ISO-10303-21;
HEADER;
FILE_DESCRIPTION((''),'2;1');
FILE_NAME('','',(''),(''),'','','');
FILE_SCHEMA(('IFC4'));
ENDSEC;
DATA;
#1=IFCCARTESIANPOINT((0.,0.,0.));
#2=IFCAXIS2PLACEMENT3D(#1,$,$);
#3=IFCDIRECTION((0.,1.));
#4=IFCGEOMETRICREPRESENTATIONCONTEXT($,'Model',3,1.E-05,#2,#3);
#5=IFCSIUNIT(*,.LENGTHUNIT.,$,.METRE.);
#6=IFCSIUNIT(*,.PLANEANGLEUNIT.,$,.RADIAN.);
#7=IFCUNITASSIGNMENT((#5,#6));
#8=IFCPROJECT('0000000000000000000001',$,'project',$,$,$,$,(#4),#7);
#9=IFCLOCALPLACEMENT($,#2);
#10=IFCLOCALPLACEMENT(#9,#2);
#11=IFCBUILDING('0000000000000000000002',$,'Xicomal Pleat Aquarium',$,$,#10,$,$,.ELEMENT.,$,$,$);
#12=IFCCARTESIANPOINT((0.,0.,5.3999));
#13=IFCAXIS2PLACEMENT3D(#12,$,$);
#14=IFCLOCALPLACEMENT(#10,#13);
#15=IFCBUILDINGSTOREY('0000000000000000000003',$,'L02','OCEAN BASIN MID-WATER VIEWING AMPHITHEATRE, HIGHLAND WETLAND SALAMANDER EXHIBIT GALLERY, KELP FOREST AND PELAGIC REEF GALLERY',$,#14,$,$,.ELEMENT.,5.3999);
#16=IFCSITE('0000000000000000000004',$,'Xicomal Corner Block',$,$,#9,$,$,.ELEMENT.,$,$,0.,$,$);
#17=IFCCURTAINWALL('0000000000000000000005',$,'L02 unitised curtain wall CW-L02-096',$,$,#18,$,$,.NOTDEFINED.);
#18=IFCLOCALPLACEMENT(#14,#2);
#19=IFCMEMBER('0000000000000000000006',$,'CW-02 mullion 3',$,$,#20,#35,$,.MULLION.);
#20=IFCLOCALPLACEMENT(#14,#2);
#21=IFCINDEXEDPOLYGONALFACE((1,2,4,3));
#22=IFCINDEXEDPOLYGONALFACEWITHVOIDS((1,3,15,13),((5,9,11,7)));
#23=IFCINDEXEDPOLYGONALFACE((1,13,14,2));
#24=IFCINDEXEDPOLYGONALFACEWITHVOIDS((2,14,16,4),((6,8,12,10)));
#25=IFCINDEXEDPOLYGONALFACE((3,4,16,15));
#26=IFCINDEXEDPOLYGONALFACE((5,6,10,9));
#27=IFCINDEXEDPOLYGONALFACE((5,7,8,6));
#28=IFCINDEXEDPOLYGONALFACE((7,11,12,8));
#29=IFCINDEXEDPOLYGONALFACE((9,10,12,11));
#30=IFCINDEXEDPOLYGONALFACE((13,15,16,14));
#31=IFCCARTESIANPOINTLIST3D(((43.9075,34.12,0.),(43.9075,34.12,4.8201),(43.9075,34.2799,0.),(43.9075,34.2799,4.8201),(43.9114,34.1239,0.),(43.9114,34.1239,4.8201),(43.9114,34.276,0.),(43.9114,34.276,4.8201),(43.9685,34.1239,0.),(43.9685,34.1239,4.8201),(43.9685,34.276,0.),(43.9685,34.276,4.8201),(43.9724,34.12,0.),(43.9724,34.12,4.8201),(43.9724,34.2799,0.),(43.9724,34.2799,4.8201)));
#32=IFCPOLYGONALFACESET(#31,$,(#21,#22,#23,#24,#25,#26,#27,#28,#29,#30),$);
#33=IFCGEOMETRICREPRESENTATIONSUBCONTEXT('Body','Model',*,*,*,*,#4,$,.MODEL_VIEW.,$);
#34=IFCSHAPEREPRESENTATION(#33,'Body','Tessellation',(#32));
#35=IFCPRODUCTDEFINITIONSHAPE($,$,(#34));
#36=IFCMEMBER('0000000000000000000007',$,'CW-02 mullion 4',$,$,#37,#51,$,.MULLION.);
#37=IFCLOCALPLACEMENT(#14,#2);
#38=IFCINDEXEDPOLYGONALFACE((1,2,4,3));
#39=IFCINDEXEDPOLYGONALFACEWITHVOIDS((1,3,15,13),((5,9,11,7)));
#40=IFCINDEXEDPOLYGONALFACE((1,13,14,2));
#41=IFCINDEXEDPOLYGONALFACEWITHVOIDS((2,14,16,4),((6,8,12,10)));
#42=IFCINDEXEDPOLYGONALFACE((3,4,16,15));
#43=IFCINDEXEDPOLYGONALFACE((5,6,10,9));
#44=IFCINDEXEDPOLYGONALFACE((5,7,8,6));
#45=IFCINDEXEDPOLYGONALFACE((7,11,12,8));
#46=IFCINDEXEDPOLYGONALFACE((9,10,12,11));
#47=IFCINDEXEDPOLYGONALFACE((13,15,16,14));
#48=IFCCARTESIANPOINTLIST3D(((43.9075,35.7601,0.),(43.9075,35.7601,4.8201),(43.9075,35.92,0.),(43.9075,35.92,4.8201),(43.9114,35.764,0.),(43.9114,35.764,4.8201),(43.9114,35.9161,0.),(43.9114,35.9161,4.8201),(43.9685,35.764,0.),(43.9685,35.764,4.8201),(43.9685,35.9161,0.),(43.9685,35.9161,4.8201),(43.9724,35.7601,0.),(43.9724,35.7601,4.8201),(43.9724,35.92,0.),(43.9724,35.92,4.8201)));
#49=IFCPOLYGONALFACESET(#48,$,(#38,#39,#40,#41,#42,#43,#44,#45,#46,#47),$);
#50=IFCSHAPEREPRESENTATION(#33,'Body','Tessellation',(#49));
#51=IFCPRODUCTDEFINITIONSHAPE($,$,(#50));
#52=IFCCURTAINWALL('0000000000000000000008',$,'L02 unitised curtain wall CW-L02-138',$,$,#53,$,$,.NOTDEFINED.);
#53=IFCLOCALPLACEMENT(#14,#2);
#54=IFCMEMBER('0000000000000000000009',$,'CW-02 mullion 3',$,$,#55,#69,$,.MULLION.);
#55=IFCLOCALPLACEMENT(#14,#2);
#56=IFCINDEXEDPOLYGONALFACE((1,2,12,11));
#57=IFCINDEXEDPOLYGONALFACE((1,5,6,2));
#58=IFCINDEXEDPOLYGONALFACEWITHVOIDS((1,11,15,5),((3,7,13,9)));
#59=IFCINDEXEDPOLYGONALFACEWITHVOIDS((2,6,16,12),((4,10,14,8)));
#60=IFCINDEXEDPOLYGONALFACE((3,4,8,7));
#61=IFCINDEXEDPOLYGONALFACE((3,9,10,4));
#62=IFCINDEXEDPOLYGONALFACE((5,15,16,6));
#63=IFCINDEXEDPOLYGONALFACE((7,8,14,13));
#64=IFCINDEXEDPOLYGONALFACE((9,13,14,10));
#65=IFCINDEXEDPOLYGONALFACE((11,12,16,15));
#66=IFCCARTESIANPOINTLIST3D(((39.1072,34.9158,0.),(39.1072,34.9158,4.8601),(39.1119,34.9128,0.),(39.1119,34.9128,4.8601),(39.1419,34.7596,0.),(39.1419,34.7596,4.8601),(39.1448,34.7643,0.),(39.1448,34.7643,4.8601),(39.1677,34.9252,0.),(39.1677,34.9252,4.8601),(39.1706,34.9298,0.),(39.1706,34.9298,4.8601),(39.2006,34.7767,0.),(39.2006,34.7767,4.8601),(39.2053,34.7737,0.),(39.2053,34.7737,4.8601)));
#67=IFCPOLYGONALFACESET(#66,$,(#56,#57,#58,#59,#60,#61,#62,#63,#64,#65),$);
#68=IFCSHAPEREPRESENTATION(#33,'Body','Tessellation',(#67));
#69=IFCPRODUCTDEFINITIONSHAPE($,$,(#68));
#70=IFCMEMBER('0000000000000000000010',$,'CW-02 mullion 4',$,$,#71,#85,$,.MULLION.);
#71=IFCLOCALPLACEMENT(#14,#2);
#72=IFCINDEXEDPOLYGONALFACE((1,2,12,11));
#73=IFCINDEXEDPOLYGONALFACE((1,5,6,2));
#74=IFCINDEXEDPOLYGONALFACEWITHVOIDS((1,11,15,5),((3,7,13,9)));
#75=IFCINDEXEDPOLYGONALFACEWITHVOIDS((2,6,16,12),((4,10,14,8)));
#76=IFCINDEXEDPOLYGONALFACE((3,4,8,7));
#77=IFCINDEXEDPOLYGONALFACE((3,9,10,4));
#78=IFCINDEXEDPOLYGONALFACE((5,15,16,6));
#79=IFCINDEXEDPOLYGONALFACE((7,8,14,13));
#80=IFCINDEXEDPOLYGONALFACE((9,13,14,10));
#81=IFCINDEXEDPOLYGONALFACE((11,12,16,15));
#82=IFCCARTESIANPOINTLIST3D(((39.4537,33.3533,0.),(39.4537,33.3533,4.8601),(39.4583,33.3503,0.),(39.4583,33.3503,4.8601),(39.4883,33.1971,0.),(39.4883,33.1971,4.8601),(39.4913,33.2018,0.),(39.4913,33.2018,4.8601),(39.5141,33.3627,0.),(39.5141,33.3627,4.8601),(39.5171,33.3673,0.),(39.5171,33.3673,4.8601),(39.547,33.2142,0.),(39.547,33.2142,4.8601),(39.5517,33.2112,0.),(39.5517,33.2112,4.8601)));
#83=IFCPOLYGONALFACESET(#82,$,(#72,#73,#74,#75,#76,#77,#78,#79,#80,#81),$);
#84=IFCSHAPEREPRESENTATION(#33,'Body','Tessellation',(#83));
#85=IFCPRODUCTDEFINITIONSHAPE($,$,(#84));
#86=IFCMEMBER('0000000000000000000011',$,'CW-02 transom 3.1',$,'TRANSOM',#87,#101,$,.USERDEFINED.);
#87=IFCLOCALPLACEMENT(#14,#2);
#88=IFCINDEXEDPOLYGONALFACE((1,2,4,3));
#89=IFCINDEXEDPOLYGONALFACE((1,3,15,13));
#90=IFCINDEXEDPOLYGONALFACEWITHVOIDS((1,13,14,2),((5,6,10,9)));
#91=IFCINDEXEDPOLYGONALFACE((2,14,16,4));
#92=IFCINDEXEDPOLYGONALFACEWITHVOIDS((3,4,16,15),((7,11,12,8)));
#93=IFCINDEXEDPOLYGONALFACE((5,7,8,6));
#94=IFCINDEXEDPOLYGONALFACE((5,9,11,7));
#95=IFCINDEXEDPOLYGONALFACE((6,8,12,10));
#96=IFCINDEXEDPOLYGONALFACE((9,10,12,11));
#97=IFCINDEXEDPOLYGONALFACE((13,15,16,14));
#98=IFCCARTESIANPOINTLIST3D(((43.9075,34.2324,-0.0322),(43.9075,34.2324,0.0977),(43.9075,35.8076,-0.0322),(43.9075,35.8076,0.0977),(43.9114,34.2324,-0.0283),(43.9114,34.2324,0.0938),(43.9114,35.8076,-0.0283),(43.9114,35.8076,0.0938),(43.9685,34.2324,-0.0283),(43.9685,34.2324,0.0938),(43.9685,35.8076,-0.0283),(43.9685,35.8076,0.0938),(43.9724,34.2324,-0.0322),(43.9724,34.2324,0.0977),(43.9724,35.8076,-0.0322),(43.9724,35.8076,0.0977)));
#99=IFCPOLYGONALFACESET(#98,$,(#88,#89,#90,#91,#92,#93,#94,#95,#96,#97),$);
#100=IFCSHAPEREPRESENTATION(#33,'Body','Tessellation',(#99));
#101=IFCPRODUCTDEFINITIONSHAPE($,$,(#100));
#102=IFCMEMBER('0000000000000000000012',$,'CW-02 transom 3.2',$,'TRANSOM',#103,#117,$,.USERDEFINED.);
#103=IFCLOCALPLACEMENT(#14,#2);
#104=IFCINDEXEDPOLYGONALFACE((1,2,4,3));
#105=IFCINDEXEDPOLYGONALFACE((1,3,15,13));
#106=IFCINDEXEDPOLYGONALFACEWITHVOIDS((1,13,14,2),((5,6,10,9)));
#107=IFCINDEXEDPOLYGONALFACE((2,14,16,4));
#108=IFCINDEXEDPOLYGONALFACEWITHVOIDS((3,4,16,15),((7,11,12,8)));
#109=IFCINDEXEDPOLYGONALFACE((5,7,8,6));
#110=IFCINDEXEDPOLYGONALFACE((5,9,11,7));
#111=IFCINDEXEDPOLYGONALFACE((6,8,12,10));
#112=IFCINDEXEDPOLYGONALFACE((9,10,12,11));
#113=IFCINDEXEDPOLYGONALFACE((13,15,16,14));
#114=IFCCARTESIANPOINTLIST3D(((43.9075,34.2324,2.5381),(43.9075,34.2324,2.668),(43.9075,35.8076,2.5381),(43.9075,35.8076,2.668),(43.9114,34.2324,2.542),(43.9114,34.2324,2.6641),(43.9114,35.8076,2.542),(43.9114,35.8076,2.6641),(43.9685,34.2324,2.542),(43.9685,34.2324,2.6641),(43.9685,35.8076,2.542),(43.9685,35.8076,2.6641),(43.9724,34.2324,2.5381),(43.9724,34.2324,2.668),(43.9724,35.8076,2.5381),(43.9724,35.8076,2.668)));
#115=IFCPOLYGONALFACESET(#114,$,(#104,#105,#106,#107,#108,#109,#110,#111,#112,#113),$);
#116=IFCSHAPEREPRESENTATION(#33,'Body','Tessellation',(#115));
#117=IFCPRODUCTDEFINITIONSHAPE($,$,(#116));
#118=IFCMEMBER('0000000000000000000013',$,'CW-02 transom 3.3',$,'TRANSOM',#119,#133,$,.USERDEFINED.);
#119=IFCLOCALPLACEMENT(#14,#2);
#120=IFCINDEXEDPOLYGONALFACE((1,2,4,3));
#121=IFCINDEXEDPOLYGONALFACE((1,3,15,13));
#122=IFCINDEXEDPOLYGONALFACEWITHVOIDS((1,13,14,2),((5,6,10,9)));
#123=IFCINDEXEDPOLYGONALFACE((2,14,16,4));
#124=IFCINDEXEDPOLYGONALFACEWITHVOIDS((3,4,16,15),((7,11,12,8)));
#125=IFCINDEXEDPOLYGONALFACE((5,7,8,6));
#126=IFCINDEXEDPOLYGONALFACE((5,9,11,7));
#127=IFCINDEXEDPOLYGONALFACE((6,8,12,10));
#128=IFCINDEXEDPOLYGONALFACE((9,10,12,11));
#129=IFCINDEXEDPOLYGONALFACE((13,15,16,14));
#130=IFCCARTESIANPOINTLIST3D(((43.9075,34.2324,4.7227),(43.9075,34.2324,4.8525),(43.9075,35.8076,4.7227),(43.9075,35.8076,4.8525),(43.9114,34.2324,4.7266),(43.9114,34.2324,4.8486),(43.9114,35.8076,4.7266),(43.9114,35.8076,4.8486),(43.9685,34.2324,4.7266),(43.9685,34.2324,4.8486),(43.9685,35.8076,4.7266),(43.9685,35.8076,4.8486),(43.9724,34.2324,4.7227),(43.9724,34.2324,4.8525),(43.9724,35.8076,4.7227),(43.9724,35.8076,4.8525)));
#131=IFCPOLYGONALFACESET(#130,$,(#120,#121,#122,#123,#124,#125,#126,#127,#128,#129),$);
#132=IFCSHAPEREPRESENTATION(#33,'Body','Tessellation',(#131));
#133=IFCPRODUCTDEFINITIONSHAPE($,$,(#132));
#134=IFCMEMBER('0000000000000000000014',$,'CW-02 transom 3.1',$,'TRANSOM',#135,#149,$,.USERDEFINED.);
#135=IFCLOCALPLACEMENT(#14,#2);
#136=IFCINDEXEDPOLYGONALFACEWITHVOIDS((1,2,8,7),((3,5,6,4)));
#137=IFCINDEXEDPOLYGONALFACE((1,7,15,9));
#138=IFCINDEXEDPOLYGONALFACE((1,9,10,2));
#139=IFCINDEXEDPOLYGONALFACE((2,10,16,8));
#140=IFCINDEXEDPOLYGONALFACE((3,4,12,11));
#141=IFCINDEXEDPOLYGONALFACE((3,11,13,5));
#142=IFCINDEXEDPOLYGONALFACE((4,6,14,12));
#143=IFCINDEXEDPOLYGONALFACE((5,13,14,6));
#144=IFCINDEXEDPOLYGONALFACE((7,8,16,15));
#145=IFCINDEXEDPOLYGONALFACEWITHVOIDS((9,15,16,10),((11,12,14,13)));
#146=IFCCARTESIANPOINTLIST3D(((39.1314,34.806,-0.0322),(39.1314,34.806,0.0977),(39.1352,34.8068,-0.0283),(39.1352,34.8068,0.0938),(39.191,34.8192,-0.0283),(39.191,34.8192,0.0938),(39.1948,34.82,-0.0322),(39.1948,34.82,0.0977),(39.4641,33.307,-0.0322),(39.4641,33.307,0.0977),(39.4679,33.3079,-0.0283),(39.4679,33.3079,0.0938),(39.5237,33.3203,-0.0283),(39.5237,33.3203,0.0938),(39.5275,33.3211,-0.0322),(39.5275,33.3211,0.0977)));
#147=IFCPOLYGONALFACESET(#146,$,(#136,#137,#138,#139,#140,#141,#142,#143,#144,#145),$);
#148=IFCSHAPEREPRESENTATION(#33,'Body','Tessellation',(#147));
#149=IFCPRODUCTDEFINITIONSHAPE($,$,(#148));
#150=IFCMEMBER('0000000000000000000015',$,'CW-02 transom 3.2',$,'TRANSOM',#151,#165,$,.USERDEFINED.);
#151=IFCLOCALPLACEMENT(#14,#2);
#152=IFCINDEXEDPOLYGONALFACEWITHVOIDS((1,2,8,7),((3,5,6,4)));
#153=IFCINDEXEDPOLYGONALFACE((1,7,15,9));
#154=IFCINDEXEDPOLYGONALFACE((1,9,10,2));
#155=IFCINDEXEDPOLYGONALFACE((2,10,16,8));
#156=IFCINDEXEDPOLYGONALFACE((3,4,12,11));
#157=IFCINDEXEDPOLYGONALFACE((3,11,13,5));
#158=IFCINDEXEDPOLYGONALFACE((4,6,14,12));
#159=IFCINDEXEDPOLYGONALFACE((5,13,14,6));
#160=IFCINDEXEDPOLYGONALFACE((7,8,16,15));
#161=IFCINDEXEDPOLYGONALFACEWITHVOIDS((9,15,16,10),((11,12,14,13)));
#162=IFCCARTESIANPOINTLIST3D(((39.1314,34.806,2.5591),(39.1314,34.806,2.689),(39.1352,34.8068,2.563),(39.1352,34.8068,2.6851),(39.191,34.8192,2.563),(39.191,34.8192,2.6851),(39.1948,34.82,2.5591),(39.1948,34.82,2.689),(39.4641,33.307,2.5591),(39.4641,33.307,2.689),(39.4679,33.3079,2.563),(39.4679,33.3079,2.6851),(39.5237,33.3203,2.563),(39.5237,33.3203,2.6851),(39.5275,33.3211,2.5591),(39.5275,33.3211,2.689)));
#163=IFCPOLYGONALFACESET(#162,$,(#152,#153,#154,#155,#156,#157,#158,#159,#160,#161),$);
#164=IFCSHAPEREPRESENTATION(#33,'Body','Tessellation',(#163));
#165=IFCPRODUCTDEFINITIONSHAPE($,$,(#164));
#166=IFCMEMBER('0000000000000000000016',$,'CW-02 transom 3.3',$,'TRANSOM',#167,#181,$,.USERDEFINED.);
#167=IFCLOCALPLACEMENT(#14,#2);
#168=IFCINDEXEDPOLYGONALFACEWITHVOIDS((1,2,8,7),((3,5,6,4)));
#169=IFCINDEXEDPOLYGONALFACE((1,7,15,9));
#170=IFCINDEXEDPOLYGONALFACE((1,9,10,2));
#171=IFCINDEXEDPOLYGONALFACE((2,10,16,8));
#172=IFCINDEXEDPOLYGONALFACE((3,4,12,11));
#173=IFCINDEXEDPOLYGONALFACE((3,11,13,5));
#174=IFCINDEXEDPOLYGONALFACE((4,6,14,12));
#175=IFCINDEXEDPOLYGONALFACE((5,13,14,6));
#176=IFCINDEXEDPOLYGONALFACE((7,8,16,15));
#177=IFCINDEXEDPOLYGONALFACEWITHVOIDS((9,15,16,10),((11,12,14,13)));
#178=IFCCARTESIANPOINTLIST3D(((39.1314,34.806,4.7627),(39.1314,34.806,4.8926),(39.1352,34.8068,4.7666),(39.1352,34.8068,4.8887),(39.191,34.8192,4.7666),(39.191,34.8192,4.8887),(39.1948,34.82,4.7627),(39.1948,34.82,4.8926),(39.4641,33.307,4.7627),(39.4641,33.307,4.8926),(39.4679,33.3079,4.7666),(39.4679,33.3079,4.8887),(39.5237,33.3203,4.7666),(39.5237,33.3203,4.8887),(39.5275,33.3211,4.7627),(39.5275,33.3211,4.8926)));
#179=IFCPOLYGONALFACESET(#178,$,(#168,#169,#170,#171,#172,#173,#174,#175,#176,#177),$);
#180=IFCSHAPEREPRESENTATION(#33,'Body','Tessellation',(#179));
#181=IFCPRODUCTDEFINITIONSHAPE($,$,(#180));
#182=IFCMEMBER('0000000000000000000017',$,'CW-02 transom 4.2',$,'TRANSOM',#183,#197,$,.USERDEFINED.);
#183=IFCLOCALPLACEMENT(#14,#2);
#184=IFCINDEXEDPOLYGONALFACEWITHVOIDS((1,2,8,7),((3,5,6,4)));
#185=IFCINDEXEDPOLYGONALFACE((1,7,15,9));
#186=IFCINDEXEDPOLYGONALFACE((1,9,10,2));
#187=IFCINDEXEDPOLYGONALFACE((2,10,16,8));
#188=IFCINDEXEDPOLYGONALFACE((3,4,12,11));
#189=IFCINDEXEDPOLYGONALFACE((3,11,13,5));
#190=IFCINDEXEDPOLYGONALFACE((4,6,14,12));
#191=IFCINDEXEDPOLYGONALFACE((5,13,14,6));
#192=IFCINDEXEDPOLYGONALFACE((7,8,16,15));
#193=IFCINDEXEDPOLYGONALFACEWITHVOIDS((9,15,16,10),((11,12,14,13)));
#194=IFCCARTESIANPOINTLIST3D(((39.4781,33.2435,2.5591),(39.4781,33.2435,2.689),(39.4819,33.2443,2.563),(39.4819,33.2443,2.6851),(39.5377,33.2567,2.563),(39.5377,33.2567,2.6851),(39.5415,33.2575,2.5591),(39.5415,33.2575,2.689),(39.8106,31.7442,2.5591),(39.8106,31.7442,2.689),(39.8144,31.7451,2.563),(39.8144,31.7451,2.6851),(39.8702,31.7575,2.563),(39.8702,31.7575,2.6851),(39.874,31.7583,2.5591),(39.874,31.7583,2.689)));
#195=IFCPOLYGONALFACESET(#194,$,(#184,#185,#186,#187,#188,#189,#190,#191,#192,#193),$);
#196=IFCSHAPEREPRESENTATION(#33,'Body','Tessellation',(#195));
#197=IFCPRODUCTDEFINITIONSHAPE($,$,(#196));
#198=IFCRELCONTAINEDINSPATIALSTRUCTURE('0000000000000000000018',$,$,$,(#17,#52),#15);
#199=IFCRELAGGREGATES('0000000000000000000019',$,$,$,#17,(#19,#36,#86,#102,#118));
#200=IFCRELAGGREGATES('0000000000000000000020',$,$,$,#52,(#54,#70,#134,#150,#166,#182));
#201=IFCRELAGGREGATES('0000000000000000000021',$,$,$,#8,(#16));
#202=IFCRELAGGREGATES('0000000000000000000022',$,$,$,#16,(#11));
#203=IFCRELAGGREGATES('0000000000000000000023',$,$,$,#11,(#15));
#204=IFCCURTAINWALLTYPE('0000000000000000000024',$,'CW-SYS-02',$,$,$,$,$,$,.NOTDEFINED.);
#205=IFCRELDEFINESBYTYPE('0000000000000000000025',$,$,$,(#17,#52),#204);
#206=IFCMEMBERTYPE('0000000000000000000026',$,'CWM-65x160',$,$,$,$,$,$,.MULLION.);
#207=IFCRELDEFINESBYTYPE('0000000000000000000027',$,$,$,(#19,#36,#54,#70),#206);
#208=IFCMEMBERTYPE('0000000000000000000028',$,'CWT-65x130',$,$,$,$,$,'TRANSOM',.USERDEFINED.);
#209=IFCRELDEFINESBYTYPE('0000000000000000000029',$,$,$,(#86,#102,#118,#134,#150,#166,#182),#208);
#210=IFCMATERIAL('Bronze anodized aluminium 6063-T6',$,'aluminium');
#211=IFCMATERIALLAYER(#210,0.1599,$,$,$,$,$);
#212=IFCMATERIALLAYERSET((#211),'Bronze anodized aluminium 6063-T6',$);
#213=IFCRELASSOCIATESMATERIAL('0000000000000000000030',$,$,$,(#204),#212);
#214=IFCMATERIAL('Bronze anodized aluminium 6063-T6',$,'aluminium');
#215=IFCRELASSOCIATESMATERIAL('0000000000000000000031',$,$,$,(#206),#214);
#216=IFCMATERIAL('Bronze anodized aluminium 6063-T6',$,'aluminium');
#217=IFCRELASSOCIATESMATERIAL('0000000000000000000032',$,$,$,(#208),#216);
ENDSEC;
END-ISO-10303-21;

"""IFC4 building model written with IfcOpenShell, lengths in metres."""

from ifc_helpers import new_model, si_unit, direction, frame, origin, origin_2d, place, context, subcontext, project, spatial, hollow_rectangle, extrude, material, layer, layer_set, material_profile, profile_set, type_object, element, aggregate, save


model = new_model("IFC4")

# Units and contexts
model_context = context("Model", 3, precision=1e-05, world=origin(), true_north=direction((0.0, 1.0)))
body_context = subcontext(model_context, "Body", "Model", "MODEL_VIEW")
ifc_project = project(units=[si_unit("LENGTHUNIT", "METRE"), si_unit("PLANEANGLEUNIT", "RADIAN")], contexts=[model_context])

# Site, building, storey
site_placement = place(None, origin())
site = spatial("IfcSite", under=ifc_project, at=site_placement, Name="Xicomal Corner Block", CompositionType="ELEMENT", RefElevation=0.0)
building_placement = place(site_placement, origin())
building = spatial("IfcBuilding", under=site, at=building_placement, Name="Xicomal Pleat Aquarium", CompositionType="ELEMENT")
storey_placement = place(building_placement, frame((0.0, 0.0, 5.3999)))
storey = spatial("IfcBuildingStorey", under=building, at=storey_placement, Name="L02", Description="OCEAN BASIN MID-WATER VIEWING AMPHITHEATRE, HIGHLAND WETLAND SALAMANDER EXHIBIT GALLERY, KELP FOREST AND PELAGIC REEF GALLERY", CompositionType="ELEMENT", Elevation=5.3999)

# Curtain walls, members
ifc_material_1 = material(Name="Bronze anodized aluminium 6063-T6", Category="aluminium")
ifc_layer_1 = layer(ifc_material_1, 0.1599)
ifc_layer_set_1 = layer_set([ifc_layer_1], Name="Bronze anodized aluminium 6063-T6")
curtain_wall_type = type_object("IfcCurtainWallType", Name="CW-SYS-02", PredefinedType="NOTDEFINED", material=ifc_layer_set_1)
curtain_wall_1_placement = place(storey_placement, origin())
curtain_wall_1 = element("IfcCurtainWall", 1, at=curtain_wall_1_placement, inside=storey, type_object=curtain_wall_type, Name="L02 unitised curtain wall CW-L02-096", PredefinedType="NOTDEFINED")
ifc_material_2 = material(Name="Bronze anodized aluminium 6063-T6", Category="aluminium")
ifc_material_profile_1 = material_profile(ifc_material_2, hollow_rectangle(XDim=0.0649, YDim=0.1599, WallThickness=0.0039, at=origin_2d()), Name="ALU MULL 65x160")
ifc_profile_set_1 = profile_set([ifc_material_profile_1], Name="Bronze anodized aluminium 6063-T6")
member_type_1 = type_object("IfcMemberType", Name="CWM-65x160", PredefinedType="MULLION", material=ifc_profile_set_1)
member_1_placement = place(storey_placement, frame((43.9399, 34.2, 0.0), z_axis=(0.0, 0.0, 1.0), x_axis=(-1.0, 0.0, 0.0)))
member_1 = element("IfcMember", 2, at=member_1_placement, type_object=member_type_1, Name="CW-02 mullion 3", PredefinedType="MULLION", context=body_context, shape_type="SweptSolid", body=[
    extrude(hollow_rectangle(XDim=0.0649, YDim=0.1599, WallThickness=0.0039, at=origin_2d()), origin(), (0.0, 0.0, 1.0), 4.8201),
])
member_2_placement = place(storey_placement, frame((43.9399, 35.8401, 0.0), z_axis=(0.0, 0.0, 1.0), x_axis=(-1.0, 0.0, 0.0)))
member_2 = element("IfcMember", 3, at=member_2_placement, type_object=member_type_1, Name="CW-02 mullion 4", PredefinedType="MULLION", context=body_context, shape_type="SweptSolid", body=[
    extrude(hollow_rectangle(XDim=0.0649, YDim=0.1599, WallThickness=0.0039, at=origin_2d()), origin(), (0.0, 0.0, 1.0), 4.8201),
])
curtain_wall_2_placement = place(storey_placement, origin())
curtain_wall_2 = element("IfcCurtainWall", 4, at=curtain_wall_2_placement, inside=storey, type_object=curtain_wall_type, Name="L02 unitised curtain wall CW-L02-138", PredefinedType="NOTDEFINED")
member_3_placement = place(storey_placement, frame((39.1562, 34.8447, 0.0), z_axis=(0.0, 0.0, 1.0), x_axis=(0.976272, 0.216547, 0.0)))
member_3 = element("IfcMember", 5, at=member_3_placement, type_object=member_type_1, Name="CW-02 mullion 3", PredefinedType="MULLION", context=body_context, shape_type="SweptSolid", body=[
    extrude(hollow_rectangle(XDim=0.0649, YDim=0.1599, WallThickness=0.0039, at=origin_2d()), origin(), (0.0, 0.0, 1.0), 4.8601),
])
member_4_placement = place(storey_placement, frame((39.5027, 33.2822, 0.0), z_axis=(0.0, 0.0, 1.0), x_axis=(0.976272, 0.216547, 0.0)))
member_4 = element("IfcMember", 6, at=member_4_placement, type_object=member_type_1, Name="CW-02 mullion 4", PredefinedType="MULLION", context=body_context, shape_type="SweptSolid", body=[
    extrude(hollow_rectangle(XDim=0.0649, YDim=0.1599, WallThickness=0.0039, at=origin_2d()), origin(), (0.0, 0.0, 1.0), 4.8601),
])

# Members
ifc_material_3 = material(Name="Bronze anodized aluminium 6063-T6", Category="aluminium")
ifc_material_profile_2 = material_profile(ifc_material_3, hollow_rectangle(XDim=0.0649, YDim=0.1299, WallThickness=0.0039, at=origin_2d()), Name="ALU TRAN 65x130")
ifc_profile_set_2 = profile_set([ifc_material_profile_2], Name="Bronze anodized aluminium 6063-T6")
member_type_2 = type_object("IfcMemberType", Name="CWT-65x130", ElementType="TRANSOM", PredefinedType="USERDEFINED", material=ifc_profile_set_2)
member_5_placement = place(storey_placement, frame((43.9399, 34.2324, 0.0327), z_axis=(0.0, 1.0, 0.0), x_axis=(-1.0, 0.0, 0.0)))
member_5 = element("IfcMember", 7, at=member_5_placement, type_object=member_type_2, Name="CW-02 transom 3.1", ObjectType="TRANSOM", PredefinedType="USERDEFINED", context=body_context, shape_type="SweptSolid", body=[
    extrude(hollow_rectangle(XDim=0.0649, YDim=0.1299, WallThickness=0.0039, at=origin_2d()), origin(), (0.0, 0.0, 1.0), 1.5752),
])
member_6_placement = place(storey_placement, frame((43.9399, 34.2324, 2.603), z_axis=(0.0, 1.0, 0.0), x_axis=(-1.0, 0.0, 0.0)))
member_6 = element("IfcMember", 8, at=member_6_placement, type_object=member_type_2, Name="CW-02 transom 3.2", ObjectType="TRANSOM", PredefinedType="USERDEFINED", context=body_context, shape_type="SweptSolid", body=[
    extrude(hollow_rectangle(XDim=0.0649, YDim=0.1299, WallThickness=0.0039, at=origin_2d()), origin(), (0.0, 0.0, 1.0), 1.5752),
])
member_7_placement = place(storey_placement, frame((43.9399, 34.2324, 4.7876), z_axis=(0.0, 1.0, 0.0), x_axis=(-1.0, 0.0, 0.0)))
member_7 = element("IfcMember", 9, at=member_7_placement, type_object=member_type_2, Name="CW-02 transom 3.3", ObjectType="TRANSOM", PredefinedType="USERDEFINED", context=body_context, shape_type="SweptSolid", body=[
    extrude(hollow_rectangle(XDim=0.0649, YDim=0.1299, WallThickness=0.0039, at=origin_2d()), origin(), (0.0, 0.0, 1.0), 1.5752),
])
member_8_placement = place(storey_placement, frame((39.1631, 34.813, 0.0327), z_axis=(0.216712, -0.976236, 0.0), x_axis=(0.976236, 0.216712, 0.0)))
member_8 = element("IfcMember", 10, at=member_8_placement, type_object=member_type_2, Name="CW-02 transom 3.1", ObjectType="TRANSOM", PredefinedType="USERDEFINED", context=body_context, shape_type="SweptSolid", body=[
    extrude(hollow_rectangle(XDim=0.0649, YDim=0.1299, WallThickness=0.0039, at=origin_2d()), origin(), (0.0, 0.0, 1.0), 1.5354),
])
member_9_placement = place(storey_placement, frame((39.1631, 34.813, 2.624), z_axis=(0.216712, -0.976236, 0.0), x_axis=(0.976236, 0.216712, 0.0)))
member_9 = element("IfcMember", 11, at=member_9_placement, type_object=member_type_2, Name="CW-02 transom 3.2", ObjectType="TRANSOM", PredefinedType="USERDEFINED", context=body_context, shape_type="SweptSolid", body=[
    extrude(hollow_rectangle(XDim=0.0649, YDim=0.1299, WallThickness=0.0039, at=origin_2d()), origin(), (0.0, 0.0, 1.0), 1.5354),
])
member_10_placement = place(storey_placement, frame((39.1631, 34.813, 4.8276), z_axis=(0.216712, -0.976236, 0.0), x_axis=(0.976236, 0.216712, 0.0)))
member_10 = element("IfcMember", 12, at=member_10_placement, type_object=member_type_2, Name="CW-02 transom 3.3", ObjectType="TRANSOM", PredefinedType="USERDEFINED", context=body_context, shape_type="SweptSolid", body=[
    extrude(hollow_rectangle(XDim=0.0649, YDim=0.1299, WallThickness=0.0039, at=origin_2d()), origin(), (0.0, 0.0, 1.0), 1.5354),
])
member_11_placement = place(storey_placement, frame((39.5098, 33.2505, 2.624), z_axis=(0.216526, -0.976277, 0.0), x_axis=(0.976277, 0.216526, 0.0)))
member_11 = element("IfcMember", 13, at=member_11_placement, type_object=member_type_2, Name="CW-02 transom 4.2", ObjectType="TRANSOM", PredefinedType="USERDEFINED", context=body_context, shape_type="SweptSolid", body=[
    extrude(hollow_rectangle(XDim=0.0649, YDim=0.1299, WallThickness=0.0039, at=origin_2d()), origin(), (0.0, 0.0, 1.0), 1.5356),
])

aggregate(curtain_wall_1, [member_1, member_2, member_5, member_6, member_7])
aggregate(curtain_wall_2, [member_3, member_4, member_8, member_9, member_10, member_11])

save(model, "model.ifc")
